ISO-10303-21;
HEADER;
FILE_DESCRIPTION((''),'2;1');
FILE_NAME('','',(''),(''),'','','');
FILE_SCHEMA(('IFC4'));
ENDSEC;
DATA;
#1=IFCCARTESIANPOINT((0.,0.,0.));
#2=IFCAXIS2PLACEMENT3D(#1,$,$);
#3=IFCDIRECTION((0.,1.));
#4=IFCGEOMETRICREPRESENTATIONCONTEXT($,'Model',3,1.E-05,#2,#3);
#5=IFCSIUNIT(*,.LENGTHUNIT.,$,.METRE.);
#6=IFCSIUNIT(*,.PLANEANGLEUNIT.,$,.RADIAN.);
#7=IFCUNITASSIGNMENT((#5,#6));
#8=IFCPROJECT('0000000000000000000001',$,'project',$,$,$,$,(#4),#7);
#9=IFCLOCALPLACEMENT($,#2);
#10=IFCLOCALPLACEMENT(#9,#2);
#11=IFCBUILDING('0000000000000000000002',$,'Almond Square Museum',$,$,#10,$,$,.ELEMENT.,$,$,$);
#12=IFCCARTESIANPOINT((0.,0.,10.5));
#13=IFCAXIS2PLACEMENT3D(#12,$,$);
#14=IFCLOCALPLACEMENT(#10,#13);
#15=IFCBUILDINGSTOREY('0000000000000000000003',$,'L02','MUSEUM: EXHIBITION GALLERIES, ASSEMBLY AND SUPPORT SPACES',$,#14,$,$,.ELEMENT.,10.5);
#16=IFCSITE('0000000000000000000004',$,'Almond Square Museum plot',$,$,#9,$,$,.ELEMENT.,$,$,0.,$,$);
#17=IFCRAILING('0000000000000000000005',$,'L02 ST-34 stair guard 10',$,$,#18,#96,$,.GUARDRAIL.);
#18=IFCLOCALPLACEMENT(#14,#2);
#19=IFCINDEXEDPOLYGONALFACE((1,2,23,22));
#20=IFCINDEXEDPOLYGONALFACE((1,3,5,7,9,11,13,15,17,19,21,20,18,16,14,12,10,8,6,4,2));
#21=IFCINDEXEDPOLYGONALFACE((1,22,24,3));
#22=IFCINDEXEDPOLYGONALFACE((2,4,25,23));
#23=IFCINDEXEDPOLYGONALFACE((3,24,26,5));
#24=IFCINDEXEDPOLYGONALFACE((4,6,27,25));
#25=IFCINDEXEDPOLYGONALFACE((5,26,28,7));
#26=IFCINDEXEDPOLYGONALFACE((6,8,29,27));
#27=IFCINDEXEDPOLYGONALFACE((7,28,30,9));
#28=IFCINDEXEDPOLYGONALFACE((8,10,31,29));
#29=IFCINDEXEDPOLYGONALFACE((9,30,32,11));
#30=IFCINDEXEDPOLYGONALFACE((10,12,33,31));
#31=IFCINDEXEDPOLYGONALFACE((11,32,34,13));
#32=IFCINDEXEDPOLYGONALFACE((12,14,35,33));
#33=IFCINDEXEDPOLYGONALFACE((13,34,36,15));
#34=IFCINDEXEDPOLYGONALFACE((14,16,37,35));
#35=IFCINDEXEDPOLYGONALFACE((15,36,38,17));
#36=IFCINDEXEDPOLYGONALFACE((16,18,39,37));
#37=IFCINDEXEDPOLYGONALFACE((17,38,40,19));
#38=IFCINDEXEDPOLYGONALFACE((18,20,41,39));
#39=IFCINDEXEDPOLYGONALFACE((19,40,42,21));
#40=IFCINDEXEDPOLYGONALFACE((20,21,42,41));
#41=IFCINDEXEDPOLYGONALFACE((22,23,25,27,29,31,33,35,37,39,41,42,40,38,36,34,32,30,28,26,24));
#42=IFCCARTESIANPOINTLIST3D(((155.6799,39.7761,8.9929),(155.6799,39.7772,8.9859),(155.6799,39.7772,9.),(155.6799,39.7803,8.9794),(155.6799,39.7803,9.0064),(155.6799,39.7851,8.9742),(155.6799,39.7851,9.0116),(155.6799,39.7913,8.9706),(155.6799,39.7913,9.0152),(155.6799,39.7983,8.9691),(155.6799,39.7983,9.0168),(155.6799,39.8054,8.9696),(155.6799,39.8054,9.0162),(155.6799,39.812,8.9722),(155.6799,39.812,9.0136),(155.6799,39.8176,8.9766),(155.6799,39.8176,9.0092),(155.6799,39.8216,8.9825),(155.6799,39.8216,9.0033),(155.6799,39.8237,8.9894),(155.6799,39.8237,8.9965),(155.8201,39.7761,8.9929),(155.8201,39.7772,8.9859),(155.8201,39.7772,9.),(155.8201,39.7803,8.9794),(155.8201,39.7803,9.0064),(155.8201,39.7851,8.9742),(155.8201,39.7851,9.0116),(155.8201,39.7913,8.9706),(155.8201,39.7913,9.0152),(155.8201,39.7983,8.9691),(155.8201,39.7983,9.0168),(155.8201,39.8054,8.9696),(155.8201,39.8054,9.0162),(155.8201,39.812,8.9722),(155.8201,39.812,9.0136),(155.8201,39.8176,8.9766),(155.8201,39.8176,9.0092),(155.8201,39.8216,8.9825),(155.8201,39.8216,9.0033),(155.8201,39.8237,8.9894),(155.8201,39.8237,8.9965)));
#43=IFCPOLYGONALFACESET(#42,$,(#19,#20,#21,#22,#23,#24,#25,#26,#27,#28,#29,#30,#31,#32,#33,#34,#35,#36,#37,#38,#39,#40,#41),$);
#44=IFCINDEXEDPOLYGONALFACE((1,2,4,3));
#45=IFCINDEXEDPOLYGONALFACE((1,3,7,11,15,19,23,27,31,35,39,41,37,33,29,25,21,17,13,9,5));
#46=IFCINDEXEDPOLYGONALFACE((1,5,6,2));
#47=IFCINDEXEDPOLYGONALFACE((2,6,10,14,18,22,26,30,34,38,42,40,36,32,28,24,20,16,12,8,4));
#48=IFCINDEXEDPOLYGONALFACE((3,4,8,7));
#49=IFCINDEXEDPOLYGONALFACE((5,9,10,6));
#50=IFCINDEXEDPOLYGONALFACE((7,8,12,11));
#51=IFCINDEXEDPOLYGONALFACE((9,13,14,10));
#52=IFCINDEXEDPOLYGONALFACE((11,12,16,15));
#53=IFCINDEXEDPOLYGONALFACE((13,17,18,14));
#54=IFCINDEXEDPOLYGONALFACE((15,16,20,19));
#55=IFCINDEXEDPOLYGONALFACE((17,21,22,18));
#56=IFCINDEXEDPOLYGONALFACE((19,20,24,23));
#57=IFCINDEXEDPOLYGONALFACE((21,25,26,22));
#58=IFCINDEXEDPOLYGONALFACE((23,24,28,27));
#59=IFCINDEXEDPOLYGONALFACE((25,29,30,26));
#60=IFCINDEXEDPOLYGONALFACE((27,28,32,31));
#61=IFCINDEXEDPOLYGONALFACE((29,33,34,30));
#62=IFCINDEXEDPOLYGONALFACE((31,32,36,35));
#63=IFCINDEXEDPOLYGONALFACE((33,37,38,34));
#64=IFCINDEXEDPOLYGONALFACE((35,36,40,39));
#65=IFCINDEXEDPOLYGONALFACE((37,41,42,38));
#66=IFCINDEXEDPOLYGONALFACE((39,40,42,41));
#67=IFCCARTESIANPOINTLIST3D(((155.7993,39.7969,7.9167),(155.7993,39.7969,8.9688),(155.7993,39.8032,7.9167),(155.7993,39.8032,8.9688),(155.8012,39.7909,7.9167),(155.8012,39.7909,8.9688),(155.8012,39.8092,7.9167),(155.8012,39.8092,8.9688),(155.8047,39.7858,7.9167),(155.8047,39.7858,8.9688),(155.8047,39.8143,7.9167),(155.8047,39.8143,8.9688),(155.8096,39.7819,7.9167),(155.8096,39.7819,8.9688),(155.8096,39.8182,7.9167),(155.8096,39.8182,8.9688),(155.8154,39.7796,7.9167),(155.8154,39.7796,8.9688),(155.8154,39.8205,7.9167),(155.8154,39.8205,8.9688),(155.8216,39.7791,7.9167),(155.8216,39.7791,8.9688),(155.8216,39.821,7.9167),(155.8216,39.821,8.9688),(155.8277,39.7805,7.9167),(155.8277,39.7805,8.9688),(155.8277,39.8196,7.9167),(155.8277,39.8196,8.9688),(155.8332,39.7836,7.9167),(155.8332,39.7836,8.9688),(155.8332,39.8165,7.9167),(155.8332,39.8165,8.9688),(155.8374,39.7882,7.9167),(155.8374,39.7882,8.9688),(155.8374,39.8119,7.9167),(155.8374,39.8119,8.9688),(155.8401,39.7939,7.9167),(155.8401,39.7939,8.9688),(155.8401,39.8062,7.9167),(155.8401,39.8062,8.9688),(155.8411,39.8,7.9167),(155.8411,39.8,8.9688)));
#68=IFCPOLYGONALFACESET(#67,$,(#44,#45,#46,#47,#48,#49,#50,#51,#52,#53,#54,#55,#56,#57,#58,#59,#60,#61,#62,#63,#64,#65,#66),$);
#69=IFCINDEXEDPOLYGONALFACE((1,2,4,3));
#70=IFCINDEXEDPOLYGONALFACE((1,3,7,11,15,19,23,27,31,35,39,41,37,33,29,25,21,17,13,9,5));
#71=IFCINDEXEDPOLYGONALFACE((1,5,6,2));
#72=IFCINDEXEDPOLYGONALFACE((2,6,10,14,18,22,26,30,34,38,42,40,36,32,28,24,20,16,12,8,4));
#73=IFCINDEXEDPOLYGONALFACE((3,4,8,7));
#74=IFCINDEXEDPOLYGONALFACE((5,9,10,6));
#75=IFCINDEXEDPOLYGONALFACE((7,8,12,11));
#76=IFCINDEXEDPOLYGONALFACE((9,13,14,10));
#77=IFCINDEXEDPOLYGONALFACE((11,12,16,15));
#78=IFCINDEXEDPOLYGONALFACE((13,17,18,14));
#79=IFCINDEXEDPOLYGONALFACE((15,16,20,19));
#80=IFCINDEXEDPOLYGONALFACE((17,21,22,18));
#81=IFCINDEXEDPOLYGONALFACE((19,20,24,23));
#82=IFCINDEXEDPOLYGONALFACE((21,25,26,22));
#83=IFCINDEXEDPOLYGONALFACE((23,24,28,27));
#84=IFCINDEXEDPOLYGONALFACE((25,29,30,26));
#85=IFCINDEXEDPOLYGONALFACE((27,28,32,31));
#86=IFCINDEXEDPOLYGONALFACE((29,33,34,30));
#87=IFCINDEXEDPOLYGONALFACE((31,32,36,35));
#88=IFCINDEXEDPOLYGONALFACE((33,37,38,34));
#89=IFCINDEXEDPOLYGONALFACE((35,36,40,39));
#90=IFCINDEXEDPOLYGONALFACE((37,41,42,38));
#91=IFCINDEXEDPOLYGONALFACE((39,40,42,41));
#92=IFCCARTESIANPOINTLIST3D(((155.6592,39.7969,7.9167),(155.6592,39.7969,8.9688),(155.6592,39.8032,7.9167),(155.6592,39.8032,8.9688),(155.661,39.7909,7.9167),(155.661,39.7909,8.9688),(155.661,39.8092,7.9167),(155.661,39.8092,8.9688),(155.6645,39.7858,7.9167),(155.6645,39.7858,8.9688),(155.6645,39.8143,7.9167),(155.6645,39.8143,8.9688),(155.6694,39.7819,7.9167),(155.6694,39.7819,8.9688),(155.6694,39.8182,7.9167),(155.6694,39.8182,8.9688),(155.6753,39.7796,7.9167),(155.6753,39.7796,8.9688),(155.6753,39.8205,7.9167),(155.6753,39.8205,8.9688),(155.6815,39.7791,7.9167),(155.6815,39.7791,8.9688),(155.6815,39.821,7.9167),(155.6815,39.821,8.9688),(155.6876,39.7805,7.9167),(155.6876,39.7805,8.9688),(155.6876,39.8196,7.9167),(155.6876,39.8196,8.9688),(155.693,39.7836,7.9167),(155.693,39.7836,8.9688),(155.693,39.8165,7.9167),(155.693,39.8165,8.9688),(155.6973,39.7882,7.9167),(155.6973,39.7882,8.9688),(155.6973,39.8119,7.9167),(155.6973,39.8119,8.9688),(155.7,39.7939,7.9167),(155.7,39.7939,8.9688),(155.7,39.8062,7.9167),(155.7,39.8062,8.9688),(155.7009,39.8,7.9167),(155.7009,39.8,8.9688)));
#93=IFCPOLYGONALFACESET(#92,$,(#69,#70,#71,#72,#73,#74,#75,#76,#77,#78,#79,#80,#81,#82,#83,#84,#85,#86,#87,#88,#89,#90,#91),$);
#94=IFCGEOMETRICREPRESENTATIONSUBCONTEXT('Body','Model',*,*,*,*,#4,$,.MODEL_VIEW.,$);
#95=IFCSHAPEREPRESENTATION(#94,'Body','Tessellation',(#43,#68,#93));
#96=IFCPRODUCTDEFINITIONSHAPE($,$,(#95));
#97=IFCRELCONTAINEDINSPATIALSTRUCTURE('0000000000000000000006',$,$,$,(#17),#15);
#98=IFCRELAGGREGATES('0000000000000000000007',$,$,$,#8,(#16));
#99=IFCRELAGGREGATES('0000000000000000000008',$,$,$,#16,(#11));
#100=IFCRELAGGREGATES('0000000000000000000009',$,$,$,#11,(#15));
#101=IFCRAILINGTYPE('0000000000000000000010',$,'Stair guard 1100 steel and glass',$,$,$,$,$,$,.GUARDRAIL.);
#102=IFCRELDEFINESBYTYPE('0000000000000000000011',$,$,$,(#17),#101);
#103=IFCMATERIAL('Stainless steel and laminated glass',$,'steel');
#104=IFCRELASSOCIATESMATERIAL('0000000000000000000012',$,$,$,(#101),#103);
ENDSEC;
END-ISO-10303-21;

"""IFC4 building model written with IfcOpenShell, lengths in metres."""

from ifc_helpers import new_model, si_unit, direction, frame, origin, origin_2d, place, context, subcontext, project, spatial, circle, extrude, material, type_object, element, save


model = new_model("IFC4")

# Units and contexts
model_context = context("Model", 3, precision=1e-05, world=origin(), true_north=direction((0.0, 1.0)))
body_context = subcontext(model_context, "Body", "Model", "MODEL_VIEW")
ifc_project = project(units=[si_unit("LENGTHUNIT", "METRE"), si_unit("PLANEANGLEUNIT", "RADIAN")], contexts=[model_context])

# Site, building, storey
site_placement = place(None, origin())
site = spatial("IfcSite", under=ifc_project, at=site_placement, Name="Almond Square Museum plot", CompositionType="ELEMENT", RefElevation=0.0)
building_placement = place(site_placement, origin())
building = spatial("IfcBuilding", under=site, at=building_placement, Name="Almond Square Museum", CompositionType="ELEMENT")
storey_placement = place(building_placement, frame((0.0, 0.0, 10.5)))
storey = spatial("IfcBuildingStorey", under=building, at=storey_placement, Name="L02", Description="MUSEUM: EXHIBITION GALLERIES, ASSEMBLY AND SUPPORT SPACES", CompositionType="ELEMENT", Elevation=10.5)

# Railing
ifc_material_1 = material(Name="Stainless steel and laminated glass", Category="steel")
railing_type_1 = type_object("IfcRailingType", Name="Stair guard 1100 steel and glass", PredefinedType="GUARDRAIL", material=ifc_material_1)
railing_1_placement = place(storey_placement, frame((155.8201, 39.8, 7.9167)))
element("IfcRailing", 1, at=railing_1_placement, inside=storey, type_object=railing_type_1, Name="L02 ST-34 stair guard 10", PredefinedType="GUARDRAIL", context=body_context, shape_type="SweptSolid", body=[
    extrude(circle(Radius=0.0239, at=origin_2d()), frame((0.0, 0.0, 1.0762), z_axis=(-1.0, 0.0, 0.0), x_axis=(0.0, -1.0, 0.0)), (0.0, 0.0, 1.0), 0.1401),
    extrude(circle(Radius=0.021, at=origin_2d()), origin(), (0.0, 0.0, 1.0), 1.052),
    extrude(circle(Radius=0.021, at=origin_2d()), frame((-0.1401, 0.0, 0.0)), (0.0, 0.0, 1.0), 1.052),
])

save(model, "model.ifc")
